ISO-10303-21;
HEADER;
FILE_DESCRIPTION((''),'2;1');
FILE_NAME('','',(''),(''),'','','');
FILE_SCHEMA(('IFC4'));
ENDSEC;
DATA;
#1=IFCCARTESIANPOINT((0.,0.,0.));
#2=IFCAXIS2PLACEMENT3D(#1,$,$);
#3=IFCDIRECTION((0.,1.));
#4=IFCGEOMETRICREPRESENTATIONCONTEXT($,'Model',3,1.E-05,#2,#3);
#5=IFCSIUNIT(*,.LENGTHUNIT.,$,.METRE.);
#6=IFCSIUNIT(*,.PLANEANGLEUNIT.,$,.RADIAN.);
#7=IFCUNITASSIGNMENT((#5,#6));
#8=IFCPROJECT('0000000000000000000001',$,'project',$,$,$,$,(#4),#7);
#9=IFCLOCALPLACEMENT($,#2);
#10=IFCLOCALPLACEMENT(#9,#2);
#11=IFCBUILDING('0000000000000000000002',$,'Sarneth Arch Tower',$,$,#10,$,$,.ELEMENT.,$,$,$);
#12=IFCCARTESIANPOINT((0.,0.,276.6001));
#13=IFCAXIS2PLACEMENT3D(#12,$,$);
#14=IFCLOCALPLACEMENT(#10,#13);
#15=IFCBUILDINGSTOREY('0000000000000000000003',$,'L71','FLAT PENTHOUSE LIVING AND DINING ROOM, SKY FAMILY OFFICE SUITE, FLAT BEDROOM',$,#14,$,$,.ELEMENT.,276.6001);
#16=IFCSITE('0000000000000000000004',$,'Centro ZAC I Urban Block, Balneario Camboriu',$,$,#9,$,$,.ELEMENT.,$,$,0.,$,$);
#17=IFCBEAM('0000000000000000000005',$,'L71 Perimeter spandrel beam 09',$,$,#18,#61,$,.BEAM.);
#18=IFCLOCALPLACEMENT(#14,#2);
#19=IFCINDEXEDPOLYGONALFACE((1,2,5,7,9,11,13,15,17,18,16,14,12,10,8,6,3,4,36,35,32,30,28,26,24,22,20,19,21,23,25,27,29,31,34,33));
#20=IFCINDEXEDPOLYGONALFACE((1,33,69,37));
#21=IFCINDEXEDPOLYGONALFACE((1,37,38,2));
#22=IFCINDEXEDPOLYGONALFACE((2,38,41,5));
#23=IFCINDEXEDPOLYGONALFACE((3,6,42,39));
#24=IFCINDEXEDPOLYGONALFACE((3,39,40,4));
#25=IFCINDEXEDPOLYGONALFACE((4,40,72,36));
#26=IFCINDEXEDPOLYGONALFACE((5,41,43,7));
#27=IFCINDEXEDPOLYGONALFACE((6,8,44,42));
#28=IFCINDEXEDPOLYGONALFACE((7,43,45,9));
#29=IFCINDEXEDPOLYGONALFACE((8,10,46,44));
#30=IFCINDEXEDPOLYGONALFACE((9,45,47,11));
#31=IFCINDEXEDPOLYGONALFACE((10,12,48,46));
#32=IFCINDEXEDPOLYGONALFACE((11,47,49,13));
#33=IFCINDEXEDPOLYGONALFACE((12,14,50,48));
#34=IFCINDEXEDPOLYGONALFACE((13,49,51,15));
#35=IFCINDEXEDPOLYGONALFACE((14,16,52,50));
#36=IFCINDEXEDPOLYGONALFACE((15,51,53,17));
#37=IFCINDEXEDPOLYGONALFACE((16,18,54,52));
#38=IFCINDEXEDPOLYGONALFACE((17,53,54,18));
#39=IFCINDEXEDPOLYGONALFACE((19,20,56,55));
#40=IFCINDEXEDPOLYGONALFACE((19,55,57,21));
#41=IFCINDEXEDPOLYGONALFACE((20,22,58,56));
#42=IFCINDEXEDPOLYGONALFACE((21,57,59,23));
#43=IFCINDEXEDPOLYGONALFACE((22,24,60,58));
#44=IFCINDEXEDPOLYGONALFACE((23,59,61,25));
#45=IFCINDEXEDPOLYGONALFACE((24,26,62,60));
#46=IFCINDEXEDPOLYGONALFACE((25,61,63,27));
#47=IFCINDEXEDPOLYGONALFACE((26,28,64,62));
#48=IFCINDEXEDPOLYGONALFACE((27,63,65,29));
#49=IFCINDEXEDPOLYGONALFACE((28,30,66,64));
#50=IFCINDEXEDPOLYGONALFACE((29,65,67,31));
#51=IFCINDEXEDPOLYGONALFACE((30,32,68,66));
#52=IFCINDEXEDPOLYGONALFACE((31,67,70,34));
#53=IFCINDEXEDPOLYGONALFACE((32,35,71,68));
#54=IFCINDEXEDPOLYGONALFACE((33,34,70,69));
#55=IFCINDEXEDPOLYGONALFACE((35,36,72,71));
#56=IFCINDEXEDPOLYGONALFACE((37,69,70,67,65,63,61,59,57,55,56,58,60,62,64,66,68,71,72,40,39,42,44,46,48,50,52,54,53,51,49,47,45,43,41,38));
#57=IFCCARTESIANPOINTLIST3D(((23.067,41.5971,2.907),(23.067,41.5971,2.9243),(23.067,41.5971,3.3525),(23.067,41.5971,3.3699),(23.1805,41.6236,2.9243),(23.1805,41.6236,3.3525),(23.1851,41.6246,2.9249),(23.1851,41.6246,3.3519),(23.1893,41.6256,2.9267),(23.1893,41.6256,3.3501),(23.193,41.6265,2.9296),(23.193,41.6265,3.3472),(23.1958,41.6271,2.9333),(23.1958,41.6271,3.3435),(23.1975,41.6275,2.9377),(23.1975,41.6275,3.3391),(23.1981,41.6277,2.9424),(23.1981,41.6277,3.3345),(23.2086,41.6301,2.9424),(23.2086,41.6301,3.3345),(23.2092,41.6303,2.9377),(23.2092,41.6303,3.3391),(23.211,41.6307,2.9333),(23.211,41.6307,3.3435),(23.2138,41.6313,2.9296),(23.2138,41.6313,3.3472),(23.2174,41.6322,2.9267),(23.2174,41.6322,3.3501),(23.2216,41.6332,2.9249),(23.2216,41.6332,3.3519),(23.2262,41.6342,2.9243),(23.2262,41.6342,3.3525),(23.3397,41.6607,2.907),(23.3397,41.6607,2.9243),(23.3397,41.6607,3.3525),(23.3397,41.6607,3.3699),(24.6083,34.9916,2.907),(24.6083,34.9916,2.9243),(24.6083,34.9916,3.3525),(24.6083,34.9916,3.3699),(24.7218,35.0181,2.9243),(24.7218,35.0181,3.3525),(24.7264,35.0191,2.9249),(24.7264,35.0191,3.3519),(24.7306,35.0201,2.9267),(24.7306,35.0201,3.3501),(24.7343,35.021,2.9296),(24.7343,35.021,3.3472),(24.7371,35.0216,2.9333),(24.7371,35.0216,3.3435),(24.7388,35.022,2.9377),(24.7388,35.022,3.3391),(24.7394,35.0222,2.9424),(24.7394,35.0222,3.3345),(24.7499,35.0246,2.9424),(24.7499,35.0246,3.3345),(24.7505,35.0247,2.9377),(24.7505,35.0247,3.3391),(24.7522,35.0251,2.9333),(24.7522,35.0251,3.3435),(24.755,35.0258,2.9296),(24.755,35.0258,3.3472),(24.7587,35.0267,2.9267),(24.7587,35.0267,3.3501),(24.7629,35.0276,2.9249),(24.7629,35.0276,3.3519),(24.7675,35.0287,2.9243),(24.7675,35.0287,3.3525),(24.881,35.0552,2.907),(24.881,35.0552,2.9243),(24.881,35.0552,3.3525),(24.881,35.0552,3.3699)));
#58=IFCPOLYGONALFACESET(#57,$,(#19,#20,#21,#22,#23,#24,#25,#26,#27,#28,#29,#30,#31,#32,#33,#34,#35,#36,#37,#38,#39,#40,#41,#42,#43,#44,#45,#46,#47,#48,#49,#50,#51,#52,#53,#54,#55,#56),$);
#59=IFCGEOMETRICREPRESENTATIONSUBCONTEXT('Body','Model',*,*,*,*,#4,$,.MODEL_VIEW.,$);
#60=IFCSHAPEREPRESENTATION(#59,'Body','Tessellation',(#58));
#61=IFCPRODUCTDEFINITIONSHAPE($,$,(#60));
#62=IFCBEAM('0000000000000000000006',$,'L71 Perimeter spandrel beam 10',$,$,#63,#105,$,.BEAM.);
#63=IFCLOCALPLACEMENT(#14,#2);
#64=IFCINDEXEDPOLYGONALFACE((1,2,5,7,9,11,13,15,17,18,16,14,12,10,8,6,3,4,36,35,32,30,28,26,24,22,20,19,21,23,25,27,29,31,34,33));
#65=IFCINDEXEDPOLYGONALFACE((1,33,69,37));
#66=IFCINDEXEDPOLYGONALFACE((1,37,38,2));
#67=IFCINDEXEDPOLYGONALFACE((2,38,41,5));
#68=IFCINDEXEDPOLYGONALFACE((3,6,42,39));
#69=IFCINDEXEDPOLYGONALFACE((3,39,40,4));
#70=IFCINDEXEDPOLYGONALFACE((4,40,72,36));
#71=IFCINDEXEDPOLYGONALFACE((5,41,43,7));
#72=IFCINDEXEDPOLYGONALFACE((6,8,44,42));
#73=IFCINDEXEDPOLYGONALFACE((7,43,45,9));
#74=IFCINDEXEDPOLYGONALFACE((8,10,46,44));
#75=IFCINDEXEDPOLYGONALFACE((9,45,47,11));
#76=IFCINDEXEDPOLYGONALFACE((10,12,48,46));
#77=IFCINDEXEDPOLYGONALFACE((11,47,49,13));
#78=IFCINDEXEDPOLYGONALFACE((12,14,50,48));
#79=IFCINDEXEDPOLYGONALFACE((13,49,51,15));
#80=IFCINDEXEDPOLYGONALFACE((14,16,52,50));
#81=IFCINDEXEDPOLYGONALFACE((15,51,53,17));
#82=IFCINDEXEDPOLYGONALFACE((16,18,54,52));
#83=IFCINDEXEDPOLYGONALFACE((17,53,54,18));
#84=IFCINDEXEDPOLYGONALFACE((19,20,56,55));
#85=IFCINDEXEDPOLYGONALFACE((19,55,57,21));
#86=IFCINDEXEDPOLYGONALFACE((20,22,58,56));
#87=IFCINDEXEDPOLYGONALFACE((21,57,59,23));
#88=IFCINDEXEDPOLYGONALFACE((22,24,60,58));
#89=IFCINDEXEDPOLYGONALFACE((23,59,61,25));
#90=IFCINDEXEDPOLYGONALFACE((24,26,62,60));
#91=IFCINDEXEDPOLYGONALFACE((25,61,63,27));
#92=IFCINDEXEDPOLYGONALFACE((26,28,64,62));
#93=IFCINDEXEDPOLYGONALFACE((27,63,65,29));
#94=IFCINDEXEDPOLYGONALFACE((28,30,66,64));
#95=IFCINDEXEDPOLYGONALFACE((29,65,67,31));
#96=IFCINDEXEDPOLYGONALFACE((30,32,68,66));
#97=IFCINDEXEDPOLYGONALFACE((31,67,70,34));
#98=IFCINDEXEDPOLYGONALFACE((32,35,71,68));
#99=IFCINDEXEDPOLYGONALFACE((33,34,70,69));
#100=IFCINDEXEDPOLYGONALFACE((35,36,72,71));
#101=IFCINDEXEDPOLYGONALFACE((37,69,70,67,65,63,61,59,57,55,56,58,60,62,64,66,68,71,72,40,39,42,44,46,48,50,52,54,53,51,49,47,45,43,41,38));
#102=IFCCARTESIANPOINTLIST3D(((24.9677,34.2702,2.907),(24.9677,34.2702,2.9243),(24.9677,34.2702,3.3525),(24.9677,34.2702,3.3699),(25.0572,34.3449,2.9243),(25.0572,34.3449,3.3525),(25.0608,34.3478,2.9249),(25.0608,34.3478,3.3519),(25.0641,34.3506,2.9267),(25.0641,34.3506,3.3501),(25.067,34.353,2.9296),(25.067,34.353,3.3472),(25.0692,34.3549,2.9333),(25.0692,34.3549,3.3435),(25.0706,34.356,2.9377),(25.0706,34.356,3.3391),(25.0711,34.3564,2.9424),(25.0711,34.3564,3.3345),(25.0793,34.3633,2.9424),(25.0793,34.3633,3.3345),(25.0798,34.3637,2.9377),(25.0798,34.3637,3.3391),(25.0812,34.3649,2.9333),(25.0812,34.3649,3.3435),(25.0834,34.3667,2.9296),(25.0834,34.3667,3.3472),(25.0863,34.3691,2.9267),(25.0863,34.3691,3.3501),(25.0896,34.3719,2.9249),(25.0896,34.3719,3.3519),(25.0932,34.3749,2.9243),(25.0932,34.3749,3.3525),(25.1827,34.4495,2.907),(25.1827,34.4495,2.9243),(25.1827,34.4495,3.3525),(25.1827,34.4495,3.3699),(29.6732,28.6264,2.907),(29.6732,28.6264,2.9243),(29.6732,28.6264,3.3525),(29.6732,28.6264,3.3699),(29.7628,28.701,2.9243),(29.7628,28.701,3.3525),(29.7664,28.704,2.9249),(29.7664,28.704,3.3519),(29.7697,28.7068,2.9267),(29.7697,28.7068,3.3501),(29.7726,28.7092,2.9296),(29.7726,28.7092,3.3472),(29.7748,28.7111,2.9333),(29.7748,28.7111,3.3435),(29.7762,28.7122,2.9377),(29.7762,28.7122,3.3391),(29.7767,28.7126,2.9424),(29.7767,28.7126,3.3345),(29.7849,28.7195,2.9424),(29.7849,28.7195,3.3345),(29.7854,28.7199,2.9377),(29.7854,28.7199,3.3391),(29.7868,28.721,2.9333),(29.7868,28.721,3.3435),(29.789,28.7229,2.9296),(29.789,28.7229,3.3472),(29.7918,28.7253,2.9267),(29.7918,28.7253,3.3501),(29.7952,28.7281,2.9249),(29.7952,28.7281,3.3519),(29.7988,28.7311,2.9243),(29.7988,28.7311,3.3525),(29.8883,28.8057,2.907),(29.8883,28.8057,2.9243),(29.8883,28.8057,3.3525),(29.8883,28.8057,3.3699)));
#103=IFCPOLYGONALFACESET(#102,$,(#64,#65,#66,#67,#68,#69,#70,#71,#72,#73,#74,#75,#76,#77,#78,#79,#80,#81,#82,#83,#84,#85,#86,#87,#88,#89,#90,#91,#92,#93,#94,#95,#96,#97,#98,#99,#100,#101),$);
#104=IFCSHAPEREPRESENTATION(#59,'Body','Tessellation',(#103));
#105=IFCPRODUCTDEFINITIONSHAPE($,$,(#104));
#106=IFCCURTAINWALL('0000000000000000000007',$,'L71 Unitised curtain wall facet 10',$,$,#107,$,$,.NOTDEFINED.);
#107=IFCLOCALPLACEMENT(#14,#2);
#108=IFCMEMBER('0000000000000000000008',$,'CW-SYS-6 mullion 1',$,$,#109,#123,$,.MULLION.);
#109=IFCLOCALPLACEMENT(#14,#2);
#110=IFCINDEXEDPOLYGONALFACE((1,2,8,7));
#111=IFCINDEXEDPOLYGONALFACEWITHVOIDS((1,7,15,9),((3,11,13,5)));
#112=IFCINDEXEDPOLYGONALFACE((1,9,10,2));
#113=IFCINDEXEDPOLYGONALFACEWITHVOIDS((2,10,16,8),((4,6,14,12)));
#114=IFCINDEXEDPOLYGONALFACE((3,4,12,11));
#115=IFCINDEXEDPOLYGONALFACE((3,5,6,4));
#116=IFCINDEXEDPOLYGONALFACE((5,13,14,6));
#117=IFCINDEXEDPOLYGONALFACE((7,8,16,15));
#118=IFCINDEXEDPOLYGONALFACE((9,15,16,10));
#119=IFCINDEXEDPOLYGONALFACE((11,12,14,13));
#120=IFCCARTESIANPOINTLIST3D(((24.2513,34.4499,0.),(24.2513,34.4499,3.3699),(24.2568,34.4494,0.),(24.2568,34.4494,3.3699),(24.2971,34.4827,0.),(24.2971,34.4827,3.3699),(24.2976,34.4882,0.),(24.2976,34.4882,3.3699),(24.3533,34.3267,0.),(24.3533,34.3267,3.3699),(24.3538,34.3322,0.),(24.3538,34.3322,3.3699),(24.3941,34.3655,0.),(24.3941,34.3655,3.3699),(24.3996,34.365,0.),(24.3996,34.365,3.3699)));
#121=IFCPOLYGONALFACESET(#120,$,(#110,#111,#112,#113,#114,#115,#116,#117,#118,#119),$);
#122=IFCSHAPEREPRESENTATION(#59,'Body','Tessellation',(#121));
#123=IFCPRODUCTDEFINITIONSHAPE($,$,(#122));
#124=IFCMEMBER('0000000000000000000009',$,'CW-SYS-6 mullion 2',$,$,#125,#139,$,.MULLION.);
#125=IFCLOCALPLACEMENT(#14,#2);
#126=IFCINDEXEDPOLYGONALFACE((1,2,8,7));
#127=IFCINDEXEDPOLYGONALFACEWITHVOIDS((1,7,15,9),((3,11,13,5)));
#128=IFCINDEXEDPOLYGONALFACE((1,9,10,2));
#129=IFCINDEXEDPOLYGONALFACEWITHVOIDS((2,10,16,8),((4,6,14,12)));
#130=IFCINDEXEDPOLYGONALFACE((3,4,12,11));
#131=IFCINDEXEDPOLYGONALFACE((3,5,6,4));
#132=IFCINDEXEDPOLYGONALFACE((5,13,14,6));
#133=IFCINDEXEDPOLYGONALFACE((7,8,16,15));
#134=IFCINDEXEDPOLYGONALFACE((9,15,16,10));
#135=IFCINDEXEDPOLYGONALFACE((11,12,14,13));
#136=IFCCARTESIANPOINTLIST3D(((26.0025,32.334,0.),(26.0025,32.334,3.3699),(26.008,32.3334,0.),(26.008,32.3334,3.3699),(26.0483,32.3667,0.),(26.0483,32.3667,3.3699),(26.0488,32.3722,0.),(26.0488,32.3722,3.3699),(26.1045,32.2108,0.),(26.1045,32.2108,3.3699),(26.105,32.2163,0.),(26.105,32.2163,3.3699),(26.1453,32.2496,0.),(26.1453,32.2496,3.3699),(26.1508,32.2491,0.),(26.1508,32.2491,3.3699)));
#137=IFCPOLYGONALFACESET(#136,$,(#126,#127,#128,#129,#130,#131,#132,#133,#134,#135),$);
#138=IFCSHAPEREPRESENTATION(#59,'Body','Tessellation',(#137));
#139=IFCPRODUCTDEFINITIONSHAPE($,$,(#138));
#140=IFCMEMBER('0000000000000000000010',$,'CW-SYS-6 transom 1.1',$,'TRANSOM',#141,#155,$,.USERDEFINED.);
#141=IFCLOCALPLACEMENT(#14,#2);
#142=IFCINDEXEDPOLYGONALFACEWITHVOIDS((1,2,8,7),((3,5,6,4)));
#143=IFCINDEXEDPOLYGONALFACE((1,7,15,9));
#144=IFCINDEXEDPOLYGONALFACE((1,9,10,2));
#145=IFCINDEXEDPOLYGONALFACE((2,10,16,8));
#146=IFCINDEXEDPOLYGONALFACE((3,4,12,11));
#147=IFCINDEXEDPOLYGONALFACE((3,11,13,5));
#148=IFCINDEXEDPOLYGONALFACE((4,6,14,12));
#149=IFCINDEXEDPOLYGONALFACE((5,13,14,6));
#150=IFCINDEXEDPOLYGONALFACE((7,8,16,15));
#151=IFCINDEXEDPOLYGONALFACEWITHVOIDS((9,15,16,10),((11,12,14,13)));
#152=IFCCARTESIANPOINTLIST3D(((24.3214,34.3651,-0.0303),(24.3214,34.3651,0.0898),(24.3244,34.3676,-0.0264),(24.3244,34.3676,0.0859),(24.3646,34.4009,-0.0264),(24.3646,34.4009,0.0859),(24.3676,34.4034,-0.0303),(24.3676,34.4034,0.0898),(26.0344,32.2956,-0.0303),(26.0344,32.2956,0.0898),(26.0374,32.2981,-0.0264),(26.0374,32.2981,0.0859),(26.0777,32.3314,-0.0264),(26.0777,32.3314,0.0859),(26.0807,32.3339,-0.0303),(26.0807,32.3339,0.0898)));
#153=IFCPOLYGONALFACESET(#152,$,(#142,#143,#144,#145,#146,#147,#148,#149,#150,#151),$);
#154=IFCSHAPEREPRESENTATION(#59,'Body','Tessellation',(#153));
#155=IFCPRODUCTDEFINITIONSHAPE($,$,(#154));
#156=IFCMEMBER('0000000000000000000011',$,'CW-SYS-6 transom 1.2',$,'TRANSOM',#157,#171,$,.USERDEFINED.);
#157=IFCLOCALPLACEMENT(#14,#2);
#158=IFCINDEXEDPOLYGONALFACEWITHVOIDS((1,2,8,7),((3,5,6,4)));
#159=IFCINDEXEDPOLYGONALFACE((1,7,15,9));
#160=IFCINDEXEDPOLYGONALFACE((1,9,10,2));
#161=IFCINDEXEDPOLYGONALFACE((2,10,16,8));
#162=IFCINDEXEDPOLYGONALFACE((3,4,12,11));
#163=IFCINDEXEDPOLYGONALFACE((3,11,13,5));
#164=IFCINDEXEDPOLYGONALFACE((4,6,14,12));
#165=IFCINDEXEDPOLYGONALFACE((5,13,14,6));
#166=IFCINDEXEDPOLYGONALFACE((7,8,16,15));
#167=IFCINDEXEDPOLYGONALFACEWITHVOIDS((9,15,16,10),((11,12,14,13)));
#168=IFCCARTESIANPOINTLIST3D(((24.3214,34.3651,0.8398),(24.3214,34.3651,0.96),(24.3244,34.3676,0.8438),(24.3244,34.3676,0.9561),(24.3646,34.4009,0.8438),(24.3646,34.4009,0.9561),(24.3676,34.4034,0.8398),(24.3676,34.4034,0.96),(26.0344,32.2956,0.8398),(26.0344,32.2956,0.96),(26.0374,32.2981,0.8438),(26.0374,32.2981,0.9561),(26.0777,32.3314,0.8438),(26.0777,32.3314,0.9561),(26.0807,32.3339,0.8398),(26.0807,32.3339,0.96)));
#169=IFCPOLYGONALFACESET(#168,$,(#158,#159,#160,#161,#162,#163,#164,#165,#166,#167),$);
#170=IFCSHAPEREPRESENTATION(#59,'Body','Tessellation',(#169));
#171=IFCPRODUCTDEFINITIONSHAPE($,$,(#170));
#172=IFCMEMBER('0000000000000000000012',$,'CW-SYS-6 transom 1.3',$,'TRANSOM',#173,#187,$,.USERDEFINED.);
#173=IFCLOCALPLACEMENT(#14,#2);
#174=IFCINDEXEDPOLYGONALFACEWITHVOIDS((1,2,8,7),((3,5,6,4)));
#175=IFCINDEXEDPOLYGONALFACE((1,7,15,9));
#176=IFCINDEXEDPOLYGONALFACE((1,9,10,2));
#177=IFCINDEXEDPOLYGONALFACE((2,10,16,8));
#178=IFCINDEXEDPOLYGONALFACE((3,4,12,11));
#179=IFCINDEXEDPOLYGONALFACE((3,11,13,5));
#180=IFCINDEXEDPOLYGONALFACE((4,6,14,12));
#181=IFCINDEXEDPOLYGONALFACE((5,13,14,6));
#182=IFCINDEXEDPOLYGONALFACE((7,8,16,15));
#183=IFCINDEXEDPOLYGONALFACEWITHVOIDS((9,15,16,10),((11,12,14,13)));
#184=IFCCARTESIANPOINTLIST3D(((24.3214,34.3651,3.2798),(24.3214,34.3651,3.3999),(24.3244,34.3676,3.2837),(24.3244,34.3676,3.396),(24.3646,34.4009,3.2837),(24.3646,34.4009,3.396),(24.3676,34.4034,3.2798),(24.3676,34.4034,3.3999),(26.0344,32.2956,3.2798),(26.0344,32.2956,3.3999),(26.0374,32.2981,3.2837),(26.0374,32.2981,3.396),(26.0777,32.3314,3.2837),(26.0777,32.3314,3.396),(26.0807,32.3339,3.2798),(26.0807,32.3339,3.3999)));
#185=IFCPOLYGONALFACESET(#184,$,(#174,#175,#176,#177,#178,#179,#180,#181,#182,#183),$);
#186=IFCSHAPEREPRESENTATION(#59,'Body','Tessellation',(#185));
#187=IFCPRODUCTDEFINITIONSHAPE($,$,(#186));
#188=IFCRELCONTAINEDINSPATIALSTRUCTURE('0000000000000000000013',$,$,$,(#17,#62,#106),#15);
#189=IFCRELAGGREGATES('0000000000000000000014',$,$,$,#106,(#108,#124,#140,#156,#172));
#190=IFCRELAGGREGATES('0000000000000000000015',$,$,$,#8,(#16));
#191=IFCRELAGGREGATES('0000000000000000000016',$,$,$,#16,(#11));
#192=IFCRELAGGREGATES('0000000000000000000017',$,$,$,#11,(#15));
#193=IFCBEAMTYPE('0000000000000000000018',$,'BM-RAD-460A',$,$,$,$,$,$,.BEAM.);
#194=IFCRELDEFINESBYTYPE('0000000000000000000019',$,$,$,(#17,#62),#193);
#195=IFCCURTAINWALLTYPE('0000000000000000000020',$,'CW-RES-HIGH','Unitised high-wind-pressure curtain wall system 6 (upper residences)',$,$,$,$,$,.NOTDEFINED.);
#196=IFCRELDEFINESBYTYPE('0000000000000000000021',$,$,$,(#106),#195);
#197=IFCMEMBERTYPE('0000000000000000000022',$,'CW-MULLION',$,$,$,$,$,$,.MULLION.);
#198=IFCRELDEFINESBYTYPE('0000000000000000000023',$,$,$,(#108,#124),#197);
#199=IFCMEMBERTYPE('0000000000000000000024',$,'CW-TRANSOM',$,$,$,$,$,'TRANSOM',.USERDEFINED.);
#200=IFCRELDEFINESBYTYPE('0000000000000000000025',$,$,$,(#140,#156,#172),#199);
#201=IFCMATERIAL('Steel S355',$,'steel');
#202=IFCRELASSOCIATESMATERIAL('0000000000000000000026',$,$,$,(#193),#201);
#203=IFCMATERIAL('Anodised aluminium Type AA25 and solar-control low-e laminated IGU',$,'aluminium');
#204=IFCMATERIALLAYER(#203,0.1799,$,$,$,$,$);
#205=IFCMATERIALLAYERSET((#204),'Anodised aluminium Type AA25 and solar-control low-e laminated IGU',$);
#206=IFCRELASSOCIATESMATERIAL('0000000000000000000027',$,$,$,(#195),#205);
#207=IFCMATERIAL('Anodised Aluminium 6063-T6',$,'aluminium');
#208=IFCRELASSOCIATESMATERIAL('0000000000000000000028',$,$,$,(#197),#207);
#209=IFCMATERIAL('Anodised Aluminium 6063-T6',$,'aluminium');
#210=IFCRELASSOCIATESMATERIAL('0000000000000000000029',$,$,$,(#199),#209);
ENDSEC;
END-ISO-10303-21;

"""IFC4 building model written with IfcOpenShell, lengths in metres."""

from ifc_helpers import new_model, si_unit, direction, frame, origin, origin_2d, place, context, subcontext, project, spatial, hollow_rectangle, i_section, extrude, material, layer, layer_set, material_profile, profile_set, type_object, element, aggregate, save


model = new_model("IFC4")

# Units and contexts
model_context = context("Model", 3, precision=1e-05, world=origin(), true_north=direction((0.0, 1.0)))
body_context = subcontext(model_context, "Body", "Model", "MODEL_VIEW")
ifc_project = project(units=[si_unit("LENGTHUNIT", "METRE"), si_unit("PLANEANGLEUNIT", "RADIAN")], contexts=[model_context])

# Site, building, storey
site_placement = place(None, origin())
site = spatial("IfcSite", under=ifc_project, at=site_placement, Name="Centro ZAC I Urban Block, Balneario Camboriu", CompositionType="ELEMENT", RefElevation=0.0)
building_placement = place(site_placement, origin())
building = spatial("IfcBuilding", under=site, at=building_placement, Name="Sarneth Arch Tower", CompositionType="ELEMENT")
storey_placement = place(building_placement, frame((0.0, 0.0, 276.6001)))
storey = spatial("IfcBuildingStorey", under=building, at=storey_placement, Name="L71", Description="FLAT PENTHOUSE LIVING AND DINING ROOM, SKY FAMILY OFFICE SUITE, FLAT BEDROOM", CompositionType="ELEMENT", Elevation=276.6001)

# Beams
ifc_material_1 = material(Name="Steel S355", Category="steel")
ifc_material_profile_1 = material_profile(ifc_material_1, i_section(OverallWidth=0.28, OverallDepth=0.4629, WebThickness=0.0107, FlangeThickness=0.0173, FilletRadius=0.0181, at=origin_2d()), Name="W460x113")
ifc_profile_set_1 = profile_set([ifc_material_profile_1], Name="Steel S355")
beam_type_1 = type_object("IfcBeamType", Name="BM-RAD-460A", PredefinedType="BEAM", material=ifc_profile_set_1)
beam_1_placement = place(storey_placement, frame((23.2034, 41.6289, 3.1384), z_axis=(0.227227, -0.973842, 0.0), x_axis=(0.973842, 0.227227, 0.0)))
element("IfcBeam", 1, at=beam_1_placement, inside=storey, type_object=beam_type_1, Name="L71 Perimeter spandrel beam 09", PredefinedType="BEAM", context=body_context, shape_type="SweptSolid", body=[
    extrude(i_section(OverallWidth=0.28, OverallDepth=0.4629, WebThickness=0.0107, FlangeThickness=0.0173, FilletRadius=0.0181, at=origin_2d()), origin(), (0.0, 0.0, 1.0), 6.783),
])
beam_2_placement = place(storey_placement, frame((25.0752, 34.3599, 3.1384), z_axis=(0.640377, -0.768061, 0.0), x_axis=(0.768061, 0.640377, 0.0)))
element("IfcBeam", 2, at=beam_2_placement, inside=storey, type_object=beam_type_1, Name="L71 Perimeter spandrel beam 10", PredefinedType="BEAM", context=body_context, shape_type="SweptSolid", body=[
    extrude(i_section(OverallWidth=0.28, OverallDepth=0.4629, WebThickness=0.0107, FlangeThickness=0.0173, FilletRadius=0.0181, at=origin_2d()), origin(), (0.0, 0.0, 1.0), 7.3481),
])

# Curtain wall, members
ifc_material_2 = material(Name="Anodised aluminium Type AA25 and solar-control low-e laminated IGU", Category="aluminium")
ifc_layer_1 = layer(ifc_material_2, 0.1799)
ifc_layer_set_1 = layer_set([ifc_layer_1], Name="Anodised aluminium Type AA25 and solar-control low-e laminated IGU")
curtain_wall_type = type_object("IfcCurtainWallType", Name="CW-RES-HIGH", Description="Unitised high-wind-pressure curtain wall system 6 (upper residences)", PredefinedType="NOTDEFINED", material=ifc_layer_set_1)
curtain_wall_placement = place(storey_placement, origin())
curtain_wall = element("IfcCurtainWall", 3, at=curtain_wall_placement, inside=storey, type_object=curtain_wall_type, Name="L71 Unitised curtain wall facet 10", PredefinedType="NOTDEFINED")
ifc_material_3 = material(Name="Anodised Aluminium 6063-T6", Category="aluminium")
ifc_material_profile_2 = material_profile(ifc_material_3, hollow_rectangle(XDim=0.0601, YDim=0.1599, WallThickness=0.0039, at=origin_2d()), Name="AL-MULL-160x60x4")
ifc_profile_set_2 = profile_set([ifc_material_profile_2], Name="Anodised Aluminium 6063-T6")
member_type_1 = type_object("IfcMemberType", Name="CW-MULLION", PredefinedType="MULLION", material=ifc_profile_set_2)
member_1_placement = place(storey_placement, frame((24.3254, 34.4075, 0.0), z_axis=(0.0, 0.0, 1.0), x_axis=(0.770359, 0.63761, 0.0)))
member_1 = element("IfcMember", 4, at=member_1_placement, type_object=member_type_1, Name="CW-SYS-6 mullion 1", PredefinedType="MULLION", context=body_context, shape_type="SweptSolid", body=[
    extrude(hollow_rectangle(XDim=0.0601, YDim=0.1599, WallThickness=0.0039, at=origin_2d()), origin(), (0.0, 0.0, 1.0), 3.3699),
])
member_2_placement = place(storey_placement, frame((26.0767, 32.2915, 0.0), z_axis=(0.0, 0.0, 1.0), x_axis=(0.770359, 0.63761, 0.0)))
member_2 = element("IfcMember", 5, at=member_2_placement, type_object=member_type_1, Name="CW-SYS-6 mullion 2", PredefinedType="MULLION", context=body_context, shape_type="SweptSolid", body=[
    extrude(hollow_rectangle(XDim=0.0601, YDim=0.1599, WallThickness=0.0039, at=origin_2d()), origin(), (0.0, 0.0, 1.0), 3.3699),
])
ifc_material_4 = material(Name="Anodised Aluminium 6063-T6", Category="aluminium")
ifc_material_profile_3 = material_profile(ifc_material_4, hollow_rectangle(XDim=0.0601, YDim=0.1201, WallThickness=0.0039, at=origin_2d()), Name="AL-TRAN-120x60x4")
ifc_profile_set_3 = profile_set([ifc_material_profile_3], Name="Anodised Aluminium 6063-T6")
member_type_2 = type_object("IfcMemberType", Name="CW-TRANSOM", ElementType="TRANSOM", PredefinedType="USERDEFINED", material=ifc_profile_set_3)
member_3_placement = place(storey_placement, frame((24.3445, 34.3843, 0.0298), z_axis=(0.637651, -0.770325, 0.0), x_axis=(0.770325, 0.637651, 0.0)))
member_3 = element("IfcMember", 6, at=member_3_placement, type_object=member_type_2, Name="CW-SYS-6 transom 1.1", ObjectType="TRANSOM", PredefinedType="USERDEFINED", context=body_context, shape_type="SweptSolid", body=[
    extrude(hollow_rectangle(XDim=0.0601, YDim=0.1201, WallThickness=0.0039, at=origin_2d()), origin(), (0.0, 0.0, 1.0), 2.6865),
])
member_4_placement = place(storey_placement, frame((24.3445, 34.3843, 0.8999), z_axis=(0.637651, -0.770325, 0.0), x_axis=(0.770325, 0.637651, 0.0)))
member_4 = element("IfcMember", 7, at=member_4_placement, type_object=member_type_2, Name="CW-SYS-6 transom 1.2", ObjectType="TRANSOM", PredefinedType="USERDEFINED", context=body_context, shape_type="SweptSolid", body=[
    extrude(hollow_rectangle(XDim=0.0601, YDim=0.1201, WallThickness=0.0039, at=origin_2d()), origin(), (0.0, 0.0, 1.0), 2.6865),
])
member_5_placement = place(storey_placement, frame((24.3445, 34.3843, 3.3398), z_axis=(0.637651, -0.770325, 0.0), x_axis=(0.770325, 0.637651, 0.0)))
member_5 = element("IfcMember", 8, at=member_5_placement, type_object=member_type_2, Name="CW-SYS-6 transom 1.3", ObjectType="TRANSOM", PredefinedType="USERDEFINED", context=body_context, shape_type="SweptSolid", body=[
    extrude(hollow_rectangle(XDim=0.0601, YDim=0.1201, WallThickness=0.0039, at=origin_2d()), origin(), (0.0, 0.0, 1.0), 2.6865),
])
aggregate(curtain_wall, [member_1, member_2, member_3, member_4, member_5])

save(model, "model.ifc")
